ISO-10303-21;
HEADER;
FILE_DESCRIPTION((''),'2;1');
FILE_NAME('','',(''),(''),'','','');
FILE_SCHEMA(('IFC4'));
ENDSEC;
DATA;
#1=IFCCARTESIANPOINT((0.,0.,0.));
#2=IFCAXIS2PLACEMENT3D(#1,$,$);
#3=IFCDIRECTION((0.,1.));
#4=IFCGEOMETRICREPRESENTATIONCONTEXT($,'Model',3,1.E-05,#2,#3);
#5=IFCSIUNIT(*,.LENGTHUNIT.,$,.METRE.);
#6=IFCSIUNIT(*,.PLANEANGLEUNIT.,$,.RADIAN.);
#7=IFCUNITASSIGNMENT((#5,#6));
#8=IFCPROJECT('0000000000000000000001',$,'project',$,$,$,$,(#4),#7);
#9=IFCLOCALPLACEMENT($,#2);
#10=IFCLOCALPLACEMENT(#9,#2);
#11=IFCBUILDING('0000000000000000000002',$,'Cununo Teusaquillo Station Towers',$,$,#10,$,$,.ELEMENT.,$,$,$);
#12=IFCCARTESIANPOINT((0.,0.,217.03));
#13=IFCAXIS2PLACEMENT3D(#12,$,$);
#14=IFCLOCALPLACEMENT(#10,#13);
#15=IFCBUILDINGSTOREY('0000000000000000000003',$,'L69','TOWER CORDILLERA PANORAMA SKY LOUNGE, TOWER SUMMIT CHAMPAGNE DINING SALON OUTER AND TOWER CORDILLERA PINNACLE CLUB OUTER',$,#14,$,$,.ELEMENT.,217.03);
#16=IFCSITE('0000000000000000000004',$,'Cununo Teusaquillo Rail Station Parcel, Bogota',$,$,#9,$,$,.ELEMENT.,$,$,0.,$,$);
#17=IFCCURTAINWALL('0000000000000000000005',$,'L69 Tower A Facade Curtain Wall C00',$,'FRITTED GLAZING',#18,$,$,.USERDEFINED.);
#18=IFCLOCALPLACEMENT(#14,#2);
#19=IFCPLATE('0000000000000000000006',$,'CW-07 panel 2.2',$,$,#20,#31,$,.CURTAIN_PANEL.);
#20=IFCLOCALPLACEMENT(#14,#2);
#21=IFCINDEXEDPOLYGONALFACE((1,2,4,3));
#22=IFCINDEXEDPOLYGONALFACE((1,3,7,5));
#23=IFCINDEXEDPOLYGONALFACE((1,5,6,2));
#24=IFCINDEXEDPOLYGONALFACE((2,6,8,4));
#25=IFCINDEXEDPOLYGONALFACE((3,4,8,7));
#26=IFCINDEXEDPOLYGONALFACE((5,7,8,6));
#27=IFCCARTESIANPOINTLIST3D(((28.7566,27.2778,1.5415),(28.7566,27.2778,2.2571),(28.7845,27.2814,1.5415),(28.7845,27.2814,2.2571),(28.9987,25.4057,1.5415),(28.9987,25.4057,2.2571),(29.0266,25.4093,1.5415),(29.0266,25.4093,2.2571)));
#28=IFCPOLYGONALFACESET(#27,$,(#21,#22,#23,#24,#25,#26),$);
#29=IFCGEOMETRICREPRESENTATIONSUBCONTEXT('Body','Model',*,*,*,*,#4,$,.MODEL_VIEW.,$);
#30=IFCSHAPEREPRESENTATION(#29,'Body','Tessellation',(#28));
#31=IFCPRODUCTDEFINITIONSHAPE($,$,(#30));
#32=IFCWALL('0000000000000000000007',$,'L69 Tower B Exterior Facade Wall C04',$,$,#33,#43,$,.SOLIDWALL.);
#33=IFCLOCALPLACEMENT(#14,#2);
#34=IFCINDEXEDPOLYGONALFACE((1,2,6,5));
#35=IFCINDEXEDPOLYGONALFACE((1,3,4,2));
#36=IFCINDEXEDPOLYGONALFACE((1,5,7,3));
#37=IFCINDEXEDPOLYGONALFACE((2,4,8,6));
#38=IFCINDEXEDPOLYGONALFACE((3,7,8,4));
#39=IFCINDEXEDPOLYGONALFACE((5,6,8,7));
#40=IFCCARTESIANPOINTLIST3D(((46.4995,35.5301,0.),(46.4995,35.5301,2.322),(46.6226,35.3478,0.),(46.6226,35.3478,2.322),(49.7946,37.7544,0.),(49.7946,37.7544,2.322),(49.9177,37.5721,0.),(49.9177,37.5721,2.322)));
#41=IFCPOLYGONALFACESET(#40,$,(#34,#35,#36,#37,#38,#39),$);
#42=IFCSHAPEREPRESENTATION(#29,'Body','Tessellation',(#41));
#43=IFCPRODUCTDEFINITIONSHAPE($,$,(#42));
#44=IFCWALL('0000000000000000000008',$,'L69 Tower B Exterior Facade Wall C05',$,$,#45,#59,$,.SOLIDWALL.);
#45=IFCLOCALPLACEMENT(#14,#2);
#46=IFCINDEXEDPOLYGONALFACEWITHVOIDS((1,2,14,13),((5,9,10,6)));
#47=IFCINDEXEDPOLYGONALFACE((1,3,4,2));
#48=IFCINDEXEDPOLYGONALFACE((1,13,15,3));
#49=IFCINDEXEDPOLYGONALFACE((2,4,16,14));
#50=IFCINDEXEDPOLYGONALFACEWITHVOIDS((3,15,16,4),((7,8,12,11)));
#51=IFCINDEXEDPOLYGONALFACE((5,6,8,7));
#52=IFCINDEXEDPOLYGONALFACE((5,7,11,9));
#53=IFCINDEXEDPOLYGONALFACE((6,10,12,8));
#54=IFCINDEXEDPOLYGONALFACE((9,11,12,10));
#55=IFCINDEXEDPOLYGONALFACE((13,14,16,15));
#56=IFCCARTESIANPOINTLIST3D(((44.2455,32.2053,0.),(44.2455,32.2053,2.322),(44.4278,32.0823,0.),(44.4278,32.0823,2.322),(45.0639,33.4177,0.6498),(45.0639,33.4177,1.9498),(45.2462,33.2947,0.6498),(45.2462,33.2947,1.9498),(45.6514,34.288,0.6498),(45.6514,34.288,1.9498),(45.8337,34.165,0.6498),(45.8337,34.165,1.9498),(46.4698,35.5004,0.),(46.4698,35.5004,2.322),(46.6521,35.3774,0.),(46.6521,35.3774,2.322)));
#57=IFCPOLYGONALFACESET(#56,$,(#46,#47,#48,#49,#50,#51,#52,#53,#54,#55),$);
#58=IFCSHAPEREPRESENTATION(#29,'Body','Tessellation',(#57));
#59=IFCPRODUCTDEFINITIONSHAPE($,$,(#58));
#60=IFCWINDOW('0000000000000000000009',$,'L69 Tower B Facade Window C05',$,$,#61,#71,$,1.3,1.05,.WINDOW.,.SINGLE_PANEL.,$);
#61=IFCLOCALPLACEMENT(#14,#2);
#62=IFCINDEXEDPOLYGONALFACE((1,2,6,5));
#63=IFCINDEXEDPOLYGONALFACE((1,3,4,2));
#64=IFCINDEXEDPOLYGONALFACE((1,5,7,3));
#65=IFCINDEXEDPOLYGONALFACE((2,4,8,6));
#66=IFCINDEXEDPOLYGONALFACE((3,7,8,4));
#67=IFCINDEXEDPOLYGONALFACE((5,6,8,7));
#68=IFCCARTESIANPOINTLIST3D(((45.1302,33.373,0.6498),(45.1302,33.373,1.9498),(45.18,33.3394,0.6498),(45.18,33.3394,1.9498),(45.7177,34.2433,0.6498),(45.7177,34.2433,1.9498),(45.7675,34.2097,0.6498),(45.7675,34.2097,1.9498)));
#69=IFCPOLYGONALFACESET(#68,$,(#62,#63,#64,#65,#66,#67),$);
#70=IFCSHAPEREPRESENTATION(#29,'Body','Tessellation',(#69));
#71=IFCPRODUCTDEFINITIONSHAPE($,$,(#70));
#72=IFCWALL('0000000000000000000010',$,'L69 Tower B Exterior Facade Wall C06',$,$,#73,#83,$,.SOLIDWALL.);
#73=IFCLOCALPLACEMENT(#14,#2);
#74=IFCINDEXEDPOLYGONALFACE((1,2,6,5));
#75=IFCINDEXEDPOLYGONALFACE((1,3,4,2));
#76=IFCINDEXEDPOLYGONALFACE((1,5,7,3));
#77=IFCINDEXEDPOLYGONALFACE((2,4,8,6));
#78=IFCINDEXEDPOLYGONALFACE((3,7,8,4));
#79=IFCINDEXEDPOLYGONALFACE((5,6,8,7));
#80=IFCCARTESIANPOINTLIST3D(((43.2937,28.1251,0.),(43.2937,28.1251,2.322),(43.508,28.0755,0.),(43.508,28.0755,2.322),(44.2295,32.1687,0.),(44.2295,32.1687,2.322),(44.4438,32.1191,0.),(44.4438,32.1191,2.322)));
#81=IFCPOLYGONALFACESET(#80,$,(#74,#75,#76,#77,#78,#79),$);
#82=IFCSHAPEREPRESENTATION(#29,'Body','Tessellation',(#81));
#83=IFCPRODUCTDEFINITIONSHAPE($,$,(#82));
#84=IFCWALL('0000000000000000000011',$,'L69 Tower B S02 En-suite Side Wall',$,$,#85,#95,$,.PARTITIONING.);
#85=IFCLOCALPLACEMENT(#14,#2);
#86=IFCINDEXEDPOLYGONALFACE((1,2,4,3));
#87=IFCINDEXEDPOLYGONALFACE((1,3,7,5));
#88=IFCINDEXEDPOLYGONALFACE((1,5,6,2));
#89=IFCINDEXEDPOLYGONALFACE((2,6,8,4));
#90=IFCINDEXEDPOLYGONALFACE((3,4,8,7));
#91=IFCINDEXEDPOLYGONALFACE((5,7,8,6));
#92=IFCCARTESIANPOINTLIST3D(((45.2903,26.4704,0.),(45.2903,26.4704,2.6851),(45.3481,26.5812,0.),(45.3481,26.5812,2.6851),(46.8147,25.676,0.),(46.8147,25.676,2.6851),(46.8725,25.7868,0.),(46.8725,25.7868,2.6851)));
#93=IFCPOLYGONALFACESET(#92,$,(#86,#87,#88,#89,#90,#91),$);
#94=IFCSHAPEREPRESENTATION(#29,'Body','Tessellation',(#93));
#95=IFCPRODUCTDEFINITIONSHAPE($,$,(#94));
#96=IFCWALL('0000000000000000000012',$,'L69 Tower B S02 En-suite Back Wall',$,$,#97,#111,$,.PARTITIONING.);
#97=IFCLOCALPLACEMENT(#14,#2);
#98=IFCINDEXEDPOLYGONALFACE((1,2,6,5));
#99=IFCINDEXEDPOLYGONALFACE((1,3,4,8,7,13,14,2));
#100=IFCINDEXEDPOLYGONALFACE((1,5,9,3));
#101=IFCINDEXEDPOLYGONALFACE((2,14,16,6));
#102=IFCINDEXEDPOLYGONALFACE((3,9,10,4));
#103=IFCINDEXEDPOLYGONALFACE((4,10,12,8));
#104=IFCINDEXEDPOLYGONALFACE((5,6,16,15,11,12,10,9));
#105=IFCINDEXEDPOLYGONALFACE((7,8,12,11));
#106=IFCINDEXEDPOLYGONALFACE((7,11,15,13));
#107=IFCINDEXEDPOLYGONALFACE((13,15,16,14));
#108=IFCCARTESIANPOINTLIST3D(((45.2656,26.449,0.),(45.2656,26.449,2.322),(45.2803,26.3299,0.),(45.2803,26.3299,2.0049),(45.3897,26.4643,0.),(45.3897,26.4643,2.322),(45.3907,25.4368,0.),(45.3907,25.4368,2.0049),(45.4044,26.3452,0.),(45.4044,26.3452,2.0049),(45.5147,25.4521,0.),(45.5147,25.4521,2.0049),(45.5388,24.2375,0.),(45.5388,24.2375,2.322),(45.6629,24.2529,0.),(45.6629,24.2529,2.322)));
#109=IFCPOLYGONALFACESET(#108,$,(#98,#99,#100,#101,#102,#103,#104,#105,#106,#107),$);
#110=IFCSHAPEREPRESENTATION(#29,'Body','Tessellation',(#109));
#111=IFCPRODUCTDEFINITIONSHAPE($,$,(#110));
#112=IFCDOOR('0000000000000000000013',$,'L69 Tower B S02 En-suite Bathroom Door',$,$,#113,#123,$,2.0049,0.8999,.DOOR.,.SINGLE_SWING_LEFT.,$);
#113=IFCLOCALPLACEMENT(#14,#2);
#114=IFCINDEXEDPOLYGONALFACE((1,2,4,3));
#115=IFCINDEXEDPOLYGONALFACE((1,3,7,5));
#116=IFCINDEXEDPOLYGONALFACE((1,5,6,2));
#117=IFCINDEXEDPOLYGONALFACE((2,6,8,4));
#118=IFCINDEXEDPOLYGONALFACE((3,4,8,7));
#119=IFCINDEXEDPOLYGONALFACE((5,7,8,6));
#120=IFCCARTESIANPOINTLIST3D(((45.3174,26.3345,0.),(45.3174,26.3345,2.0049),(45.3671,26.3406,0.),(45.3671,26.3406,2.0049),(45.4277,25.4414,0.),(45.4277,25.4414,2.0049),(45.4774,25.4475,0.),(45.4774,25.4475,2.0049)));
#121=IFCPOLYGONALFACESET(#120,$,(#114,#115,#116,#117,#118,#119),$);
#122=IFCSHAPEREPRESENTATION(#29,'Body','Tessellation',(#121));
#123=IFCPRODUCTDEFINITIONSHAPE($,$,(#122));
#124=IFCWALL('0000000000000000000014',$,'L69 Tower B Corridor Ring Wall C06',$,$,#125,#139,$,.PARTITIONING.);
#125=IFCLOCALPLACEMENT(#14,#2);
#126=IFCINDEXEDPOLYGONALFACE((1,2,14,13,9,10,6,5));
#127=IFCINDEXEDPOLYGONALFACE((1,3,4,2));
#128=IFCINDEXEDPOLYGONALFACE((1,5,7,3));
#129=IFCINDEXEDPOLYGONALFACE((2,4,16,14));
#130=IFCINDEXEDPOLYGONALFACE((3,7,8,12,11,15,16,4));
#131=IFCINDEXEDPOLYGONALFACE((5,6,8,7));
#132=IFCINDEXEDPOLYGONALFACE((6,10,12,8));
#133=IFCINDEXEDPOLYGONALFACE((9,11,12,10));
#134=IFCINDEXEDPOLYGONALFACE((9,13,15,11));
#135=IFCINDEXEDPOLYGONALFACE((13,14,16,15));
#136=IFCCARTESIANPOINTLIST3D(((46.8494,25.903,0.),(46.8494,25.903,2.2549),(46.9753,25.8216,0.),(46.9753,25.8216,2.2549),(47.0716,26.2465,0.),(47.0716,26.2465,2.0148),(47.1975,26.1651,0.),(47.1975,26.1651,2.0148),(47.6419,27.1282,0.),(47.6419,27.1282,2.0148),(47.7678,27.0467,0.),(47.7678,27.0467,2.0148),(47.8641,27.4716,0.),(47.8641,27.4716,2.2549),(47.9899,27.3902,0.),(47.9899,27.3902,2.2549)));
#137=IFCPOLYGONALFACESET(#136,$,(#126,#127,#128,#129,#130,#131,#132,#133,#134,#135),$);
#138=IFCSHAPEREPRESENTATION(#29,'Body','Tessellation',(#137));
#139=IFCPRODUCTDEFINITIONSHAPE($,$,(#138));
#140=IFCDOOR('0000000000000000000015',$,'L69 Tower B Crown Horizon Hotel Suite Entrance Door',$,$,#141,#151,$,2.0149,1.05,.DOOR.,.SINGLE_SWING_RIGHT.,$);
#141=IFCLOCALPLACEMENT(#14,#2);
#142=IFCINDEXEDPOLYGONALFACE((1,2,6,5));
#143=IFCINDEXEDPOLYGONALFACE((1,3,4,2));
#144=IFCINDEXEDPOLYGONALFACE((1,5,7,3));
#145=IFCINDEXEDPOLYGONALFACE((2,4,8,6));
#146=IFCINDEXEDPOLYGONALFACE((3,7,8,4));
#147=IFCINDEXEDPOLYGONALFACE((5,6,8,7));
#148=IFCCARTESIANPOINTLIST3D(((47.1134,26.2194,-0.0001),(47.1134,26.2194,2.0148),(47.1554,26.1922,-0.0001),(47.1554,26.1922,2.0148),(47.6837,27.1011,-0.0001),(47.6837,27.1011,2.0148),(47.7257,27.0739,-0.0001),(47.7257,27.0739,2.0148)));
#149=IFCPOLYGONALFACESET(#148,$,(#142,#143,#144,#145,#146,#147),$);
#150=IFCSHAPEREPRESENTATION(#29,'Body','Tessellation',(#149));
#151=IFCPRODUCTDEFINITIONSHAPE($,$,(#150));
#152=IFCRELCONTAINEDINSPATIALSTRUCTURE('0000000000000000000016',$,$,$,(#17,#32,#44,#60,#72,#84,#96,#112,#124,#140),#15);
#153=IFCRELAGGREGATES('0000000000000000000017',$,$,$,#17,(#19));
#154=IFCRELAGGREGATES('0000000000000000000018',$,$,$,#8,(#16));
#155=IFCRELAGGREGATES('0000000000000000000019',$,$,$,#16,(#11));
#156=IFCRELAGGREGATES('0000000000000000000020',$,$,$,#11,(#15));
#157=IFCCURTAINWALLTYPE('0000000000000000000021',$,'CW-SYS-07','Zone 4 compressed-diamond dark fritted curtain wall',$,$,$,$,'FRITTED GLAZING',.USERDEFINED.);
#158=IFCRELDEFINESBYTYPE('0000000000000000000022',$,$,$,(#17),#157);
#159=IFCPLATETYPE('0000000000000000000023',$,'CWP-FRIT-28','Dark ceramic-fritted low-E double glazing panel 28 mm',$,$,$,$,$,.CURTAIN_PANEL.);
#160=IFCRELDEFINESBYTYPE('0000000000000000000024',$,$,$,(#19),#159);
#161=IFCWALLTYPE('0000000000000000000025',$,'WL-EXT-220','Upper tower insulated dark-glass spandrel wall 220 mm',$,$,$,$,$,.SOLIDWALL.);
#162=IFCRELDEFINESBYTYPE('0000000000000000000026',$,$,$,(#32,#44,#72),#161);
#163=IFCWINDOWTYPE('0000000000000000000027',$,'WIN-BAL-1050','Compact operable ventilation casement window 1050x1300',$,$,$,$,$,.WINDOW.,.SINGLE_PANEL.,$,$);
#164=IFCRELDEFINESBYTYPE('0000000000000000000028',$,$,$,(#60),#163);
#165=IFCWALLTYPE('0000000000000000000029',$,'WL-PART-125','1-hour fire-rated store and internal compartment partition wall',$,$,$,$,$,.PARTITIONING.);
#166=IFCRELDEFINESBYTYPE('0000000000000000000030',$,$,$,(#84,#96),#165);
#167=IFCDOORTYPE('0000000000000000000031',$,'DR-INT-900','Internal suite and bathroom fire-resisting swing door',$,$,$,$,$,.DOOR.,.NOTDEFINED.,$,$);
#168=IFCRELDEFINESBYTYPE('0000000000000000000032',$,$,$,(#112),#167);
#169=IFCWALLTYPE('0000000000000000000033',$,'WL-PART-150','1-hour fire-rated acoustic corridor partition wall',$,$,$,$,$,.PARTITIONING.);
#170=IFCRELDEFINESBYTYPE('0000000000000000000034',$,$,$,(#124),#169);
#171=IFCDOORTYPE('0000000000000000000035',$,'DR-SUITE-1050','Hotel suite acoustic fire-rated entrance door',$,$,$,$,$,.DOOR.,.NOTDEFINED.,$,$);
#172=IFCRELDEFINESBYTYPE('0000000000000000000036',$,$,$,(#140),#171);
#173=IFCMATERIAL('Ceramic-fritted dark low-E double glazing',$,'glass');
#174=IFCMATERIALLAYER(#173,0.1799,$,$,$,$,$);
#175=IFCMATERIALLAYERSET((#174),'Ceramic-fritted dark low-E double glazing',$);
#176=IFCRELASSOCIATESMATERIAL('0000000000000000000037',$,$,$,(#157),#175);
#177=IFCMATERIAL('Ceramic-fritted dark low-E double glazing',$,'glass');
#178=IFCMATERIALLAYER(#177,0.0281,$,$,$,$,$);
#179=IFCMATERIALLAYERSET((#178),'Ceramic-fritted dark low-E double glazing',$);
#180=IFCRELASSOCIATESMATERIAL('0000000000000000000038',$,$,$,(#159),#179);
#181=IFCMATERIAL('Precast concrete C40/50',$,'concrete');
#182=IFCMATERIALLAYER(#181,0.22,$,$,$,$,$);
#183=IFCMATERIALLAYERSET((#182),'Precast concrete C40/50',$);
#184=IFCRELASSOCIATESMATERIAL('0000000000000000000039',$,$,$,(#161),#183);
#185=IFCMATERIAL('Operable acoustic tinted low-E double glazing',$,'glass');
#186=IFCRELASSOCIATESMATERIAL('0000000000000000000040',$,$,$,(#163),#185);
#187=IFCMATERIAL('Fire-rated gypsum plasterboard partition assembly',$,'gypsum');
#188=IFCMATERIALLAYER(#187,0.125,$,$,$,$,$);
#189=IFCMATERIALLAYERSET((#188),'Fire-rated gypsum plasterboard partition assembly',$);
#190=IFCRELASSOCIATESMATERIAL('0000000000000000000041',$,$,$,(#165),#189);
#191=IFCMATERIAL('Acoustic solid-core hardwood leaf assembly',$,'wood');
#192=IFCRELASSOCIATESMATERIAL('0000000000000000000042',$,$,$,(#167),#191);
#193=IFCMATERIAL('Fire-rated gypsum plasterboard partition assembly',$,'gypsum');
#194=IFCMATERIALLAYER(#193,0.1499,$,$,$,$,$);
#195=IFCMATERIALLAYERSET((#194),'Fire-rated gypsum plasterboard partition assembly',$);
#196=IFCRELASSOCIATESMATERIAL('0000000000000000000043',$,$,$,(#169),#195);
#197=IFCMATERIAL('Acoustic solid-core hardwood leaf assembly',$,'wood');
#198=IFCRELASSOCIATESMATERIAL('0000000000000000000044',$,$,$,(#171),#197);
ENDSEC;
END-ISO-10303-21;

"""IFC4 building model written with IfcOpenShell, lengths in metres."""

from ifc_helpers import new_model, si_unit, direction, frame, frame_2d, origin, origin_2d, place, context, subcontext, project, spatial, rectangle, extrude, source, transform, mapped, material, layer, layer_set, type_object, element, fill, aggregate, save


model = new_model("IFC4")

# Units and contexts
model_context = context("Model", 3, precision=1e-05, world=origin(), true_north=direction((0.0, 1.0)))
body_context = subcontext(model_context, "Body", "Model", "MODEL_VIEW")
ifc_project = project(units=[si_unit("LENGTHUNIT", "METRE"), si_unit("PLANEANGLEUNIT", "RADIAN")], contexts=[model_context])

# Site, building, storey
site_placement = place(None, origin())
site = spatial("IfcSite", under=ifc_project, at=site_placement, Name="Cununo Teusaquillo Rail Station Parcel, Bogota", CompositionType="ELEMENT", RefElevation=0.0)
building_placement = place(site_placement, origin())
building = spatial("IfcBuilding", under=site, at=building_placement, Name="Cununo Teusaquillo Station Towers", CompositionType="ELEMENT")
storey_placement = place(building_placement, frame((0.0, 0.0, 217.03)))
storey = spatial("IfcBuildingStorey", under=building, at=storey_placement, Name="L69", Description="TOWER CORDILLERA PANORAMA SKY LOUNGE, TOWER SUMMIT CHAMPAGNE DINING SALON OUTER AND TOWER CORDILLERA PINNACLE CLUB OUTER", CompositionType="ELEMENT", Elevation=217.03)

# Curtain wall, plate
ifc_material_1 = material(Name="Ceramic-fritted dark low-E double glazing", Category="glass")
ifc_layer_1 = layer(ifc_material_1, 0.1799)
ifc_layer_set_1 = layer_set([ifc_layer_1], Name="Ceramic-fritted dark low-E double glazing")
curtain_wall_type = type_object("IfcCurtainWallType", Name="CW-SYS-07", Description="Zone 4 compressed-diamond dark fritted curtain wall", ElementType="FRITTED GLAZING", PredefinedType="USERDEFINED", material=ifc_layer_set_1)
curtain_wall_placement = place(storey_placement, origin())
curtain_wall = element("IfcCurtainWall", 1, at=curtain_wall_placement, inside=storey, type_object=curtain_wall_type, Name="L69 Tower A Facade Curtain Wall C00", ObjectType="FRITTED GLAZING", PredefinedType="USERDEFINED")
ifc_material_2 = material(Name="Ceramic-fritted dark low-E double glazing", Category="glass")
ifc_layer_2 = layer(ifc_material_2, 0.0281)
ifc_layer_set_2 = layer_set([ifc_layer_2], Name="Ceramic-fritted dark low-E double glazing")
plate_type = type_object("IfcPlateType", Name="CWP-FRIT-28", Description="Dark ceramic-fritted low-E double glazing panel 28 mm", PredefinedType="CURTAIN_PANEL", material=ifc_layer_set_2)
shared_shape_1 = source(origin(), body_context, "Body", "SweptSolid", [
    extrude(rectangle(XDim=1.8877, YDim=0.0281, at=origin_2d()), origin(), (0.0, 0.0, 1.0), 0.7156),
])
plate_1_placement = place(storey_placement, frame((28.8916, 26.3435, 1.5415), z_axis=(0.0, 0.0, 1.0), x_axis=(0.128253, -0.991742, 0.0)))
plate_1 = element("IfcPlate", 2, at=plate_1_placement, type_object=plate_type, Name="CW-07 panel 2.2", PredefinedType="CURTAIN_PANEL", context=body_context, shape_type="MappedRepresentation", body=[
    mapped(shared_shape_1, transform((0.0, 0.0, 0.0), x_axis=(1.0, 0.0, 0.0), y_axis=(0.0, 1.0, 0.0), z_axis=(0.0, 0.0, 1.0), scale=1.0)),
])
aggregate(curtain_wall, [plate_1])

# Wall
ifc_material_3 = material(Name="Precast concrete C40/50", Category="concrete")
ifc_layer_3 = layer(ifc_material_3, 0.22)
ifc_layer_set_3 = layer_set([ifc_layer_3], Name="Precast concrete C40/50")
wall_type_1 = type_object("IfcWallType", Name="WL-EXT-220", Description="Upper tower insulated dark-glass spandrel wall 220 mm", PredefinedType="SOLIDWALL", material=ifc_layer_set_3)
wall_1_placement = place(storey_placement, frame((46.561, 35.439, 0.0), z_axis=(0.0, 0.0, 1.0), x_axis=(0.828834, 0.559495, 0.0)))
element("IfcWall", 3, at=wall_1_placement, inside=storey, type_object=wall_type_1, Name="L69 Tower B Exterior Facade Wall C04", PredefinedType="SOLIDWALL", context=body_context, shape_type="SweptSolid", body=[
    extrude(rectangle(XDim=3.9756, YDim=0.22, at=frame_2d((1.9878, 0.0))), origin(), (0.0, 0.0, 1.0), 2.322),
])

# Wall, opening, window
wall_2_placement = place(storey_placement, frame((44.3367, 32.1438, 0.0), z_axis=(0.0, 0.0, 1.0), x_axis=(0.559495, 0.828834, 0.0)))
wall_2 = element("IfcWall", 4, at=wall_2_placement, inside=storey, type_object=wall_type_1, Name="L69 Tower B Exterior Facade Wall C05", PredefinedType="SOLIDWALL", context=body_context, shape_type="SweptSolid", body=[
    extrude(rectangle(XDim=3.9756, YDim=0.22, at=frame_2d((1.9878, 0.0))), origin(), (0.0, 0.0, 1.0), 2.322),
])
shared_shape_2 = source(origin(), body_context, "Body", "SweptSolid", [
    extrude(rectangle(XDim=1.05, YDim=1.3, at=frame_2d((0.5249, 0.6499))), frame((0.0, 0.1199, 0.0), z_axis=(0.0, -1.0, 0.0), x_axis=(1.0, 0.0, 0.0)), (0.0, 0.0, 1.0), 0.24),
])
opening_1_placement = place(wall_2_placement, frame((1.4629, 0.0, 0.6499)))
opening_1 = element("IfcOpeningElement", 5, at=opening_1_placement, cuts=wall_2, PredefinedType="OPENING", context=body_context, shape_type="MappedRepresentation", body=[
    mapped(shared_shape_2, transform((0.0, 0.0, 0.0), x_axis=(1.0, 0.0, 0.0), y_axis=(0.0, 1.0, 0.0), z_axis=(0.0, 0.0, 1.0), scale=1.0)),
])
ifc_material_4 = material(Name="Operable acoustic tinted low-E double glazing", Category="glass")
window_type = type_object("IfcWindowType", Name="WIN-BAL-1050", Description="Compact operable ventilation casement window 1050x1300", PartitioningType="SINGLE_PANEL", PredefinedType="WINDOW", material=ifc_material_4)
shared_shape_3 = source(origin(), body_context, "Body", "SweptSolid", [
    extrude(rectangle(XDim=1.05, YDim=1.3, at=frame_2d((0.5249, 0.6499))), frame((0.0, 0.03, 0.0), z_axis=(0.0, -1.0, 0.0), x_axis=(1.0, 0.0, 0.0)), (0.0, 0.0, 1.0), 0.0601),
])
window_placement = place(opening_1_placement, origin())
window = element("IfcWindow", 6, at=window_placement, inside=storey, type_object=window_type, Name="L69 Tower B Facade Window C05", OverallHeight=1.3, OverallWidth=1.05, PartitioningType="SINGLE_PANEL", PredefinedType="WINDOW", context=body_context, shape_type="MappedRepresentation", body=[
    mapped(shared_shape_3, transform((0.0, 0.0, 0.0), x_axis=(1.0, 0.0, 0.0), y_axis=(0.0, 1.0, 0.0), z_axis=(0.0, 0.0, 1.0), scale=1.0)),
])
fill(opening_1, window)

# Walls
wall_3_placement = place(storey_placement, frame((43.4009, 28.1003, 0.0), z_axis=(0.0, 0.0, 1.0), x_axis=(0.225474, 0.974249, 0.0)))
element("IfcWall", 7, at=wall_3_placement, inside=storey, type_object=wall_type_1, Name="L69 Tower B Exterior Facade Wall C06", PredefinedType="SOLIDWALL", context=body_context, shape_type="SweptSolid", body=[
    extrude(rectangle(XDim=4.1504, YDim=0.22, at=frame_2d((2.0752, 0.0))), origin(), (0.0, 0.0, 1.0), 2.322),
])
ifc_material_5 = material(Name="Fire-rated gypsum plasterboard partition assembly", Category="gypsum")
ifc_layer_4 = layer(ifc_material_5, 0.125)
ifc_layer_set_4 = layer_set([ifc_layer_4], Name="Fire-rated gypsum plasterboard partition assembly")
wall_type_2 = type_object("IfcWallType", Name="WL-PART-125", Description="1-hour fire-rated store and internal compartment partition wall", PredefinedType="PARTITIONING", material=ifc_layer_set_4)
wall_4_placement = place(storey_placement, frame((46.8435, 25.7314, 0.0), z_axis=(0.0, 0.0, 1.0), x_axis=(-0.886803, 0.462149, 0.0)))
element("IfcWall", 8, at=wall_4_placement, inside=storey, type_object=wall_type_2, Name="L69 Tower B S02 En-suite Side Wall", PredefinedType="PARTITIONING", context=body_context, shape_type="SweptSolid", body=[
    extrude(rectangle(XDim=1.719, YDim=0.125, at=frame_2d((0.8594, 0.0))), origin(), (0.0, 0.0, 1.0), 2.6851),
])

# Walls, openings, doors
wall_5_placement = place(storey_placement, frame((45.3276, 26.4568, 0.0), z_axis=(0.0, 0.0, 1.0), x_axis=(0.122605, -0.992456, 0.0)))
wall_5 = element("IfcWall", 9, at=wall_5_placement, inside=storey, type_object=wall_type_2, Name="L69 Tower B S02 En-suite Back Wall", PredefinedType="PARTITIONING", context=body_context, shape_type="SweptSolid", body=[
    extrude(rectangle(XDim=2.2283, YDim=0.125, at=frame_2d((1.1143, 0.0))), origin(), (0.0, 0.0, 1.0), 2.322),
])
shared_shape_4 = source(origin(), body_context, "Body", "SweptSolid", [
    extrude(rectangle(XDim=0.8999, YDim=2.0049, at=frame_2d((0.45, 1.0024))), frame((0.0, 0.0725, 0.0), z_axis=(0.0, -1.0, 0.0), x_axis=(1.0, 0.0, 0.0)), (0.0, 0.0, 1.0), 0.145),
])
opening_2_placement = place(wall_5_placement, frame((0.1201, 0.0, 0.0)))
opening_2 = element("IfcOpeningElement", 10, at=opening_2_placement, cuts=wall_5, PredefinedType="OPENING", context=body_context, shape_type="MappedRepresentation", body=[
    mapped(shared_shape_4, transform((0.0, 0.0, 0.0), x_axis=(1.0, 0.0, 0.0), y_axis=(0.0, 1.0, 0.0), z_axis=(0.0, 0.0, 1.0), scale=1.0)),
])
ifc_material_6 = material(Name="Acoustic solid-core hardwood leaf assembly", Category="wood")
door_type_1 = type_object("IfcDoorType", Name="DR-INT-900", Description="Internal suite and bathroom fire-resisting swing door", OperationType="NOTDEFINED", PredefinedType="DOOR", material=ifc_material_6)
shared_shape_5 = source(origin(), body_context, "Body", "SweptSolid", [
    extrude(rectangle(XDim=0.8999, YDim=2.0049, at=frame_2d((0.45, 1.0024))), frame((0.0, 0.0249, 0.0), z_axis=(0.0, -1.0, 0.0), x_axis=(1.0, 0.0, 0.0)), (0.0, 0.0, 1.0), 0.05),
])
door_1_placement = place(opening_2_placement, origin())
door_1 = element("IfcDoor", 11, at=door_1_placement, inside=storey, type_object=door_type_1, Name="L69 Tower B S02 En-suite Bathroom Door", OperationType="SINGLE_SWING_LEFT", OverallHeight=2.0049, OverallWidth=0.8999, PredefinedType="DOOR", context=body_context, shape_type="MappedRepresentation", body=[
    mapped(shared_shape_5, transform((0.0, 0.0, 0.0), x_axis=(1.0, 0.0, 0.0), y_axis=(0.0, 1.0, 0.0), z_axis=(0.0, 0.0, 1.0), scale=1.0)),
])
fill(opening_2, door_1)
ifc_material_7 = material(Name="Fire-rated gypsum plasterboard partition assembly", Category="gypsum")
ifc_layer_5 = layer(ifc_material_7, 0.1499)
ifc_layer_set_5 = layer_set([ifc_layer_5], Name="Fire-rated gypsum plasterboard partition assembly")
wall_type_3 = type_object("IfcWallType", Name="WL-PART-150", Description="1-hour fire-rated acoustic corridor partition wall", PredefinedType="PARTITIONING", material=ifc_layer_set_5)
wall_6_placement = place(storey_placement, frame((47.927, 27.4309, 0.0), z_axis=(0.0, 0.0, 1.0), x_axis=(-0.543127, -0.839651, 0.0)))
wall_6 = element("IfcWall", 12, at=wall_6_placement, inside=storey, type_object=wall_type_3, Name="L69 Tower B Corridor Ring Wall C06", PredefinedType="PARTITIONING", context=body_context, shape_type="SweptSolid", body=[
    extrude(rectangle(XDim=1.8682, YDim=0.1499, at=frame_2d((0.9341, 0.0))), origin(), (0.0, 0.0, 1.0), 2.2549),
])
shared_shape_6 = source(origin(), body_context, "Body", "SweptSolid", [
    extrude(rectangle(XDim=1.05, YDim=2.0149, at=frame_2d((0.5249, 1.0073))), frame((0.0, 0.085, 0.0), z_axis=(0.0, -1.0, 0.0), x_axis=(1.0, 0.0, 0.0)), (0.0, 0.0, 1.0), 0.1699),
])
opening_3_placement = place(wall_6_placement, frame((0.4092, 0.0, 0.0)))
opening_3 = element("IfcOpeningElement", 13, at=opening_3_placement, cuts=wall_6, PredefinedType="OPENING", context=body_context, shape_type="MappedRepresentation", body=[
    mapped(shared_shape_6, transform((0.0, 0.0, 0.0), x_axis=(1.0, 0.0, 0.0), y_axis=(0.0, 1.0, 0.0), z_axis=(0.0, 0.0, 1.0), scale=1.0)),
])
ifc_material_8 = material(Name="Acoustic solid-core hardwood leaf assembly", Category="wood")
door_type_2 = type_object("IfcDoorType", Name="DR-SUITE-1050", Description="Hotel suite acoustic fire-rated entrance door", OperationType="NOTDEFINED", PredefinedType="DOOR", material=ifc_material_8)
shared_shape_7 = source(origin(), body_context, "Body", "SweptSolid", [
    extrude(rectangle(XDim=1.05, YDim=2.0149, at=frame_2d((0.5249, 1.0073))), frame((0.0, 0.0249, 0.0), z_axis=(0.0, -1.0, 0.0), x_axis=(1.0, 0.0, 0.0)), (0.0, 0.0, 1.0), 0.05),
])
door_2_placement = place(opening_3_placement, origin())
door_2 = element("IfcDoor", 14, at=door_2_placement, inside=storey, type_object=door_type_2, Name="L69 Tower B Crown Horizon Hotel Suite Entrance Door", OperationType="SINGLE_SWING_RIGHT", OverallHeight=2.0149, OverallWidth=1.05, PredefinedType="DOOR", context=body_context, shape_type="MappedRepresentation", body=[
    mapped(shared_shape_7, transform((0.0, 0.0, 0.0), x_axis=(1.0, 0.0, 0.0), y_axis=(0.0, 1.0, 0.0), z_axis=(0.0, 0.0, 1.0), scale=1.0)),
])
fill(opening_3, door_2)

save(model, "model.ifc")
